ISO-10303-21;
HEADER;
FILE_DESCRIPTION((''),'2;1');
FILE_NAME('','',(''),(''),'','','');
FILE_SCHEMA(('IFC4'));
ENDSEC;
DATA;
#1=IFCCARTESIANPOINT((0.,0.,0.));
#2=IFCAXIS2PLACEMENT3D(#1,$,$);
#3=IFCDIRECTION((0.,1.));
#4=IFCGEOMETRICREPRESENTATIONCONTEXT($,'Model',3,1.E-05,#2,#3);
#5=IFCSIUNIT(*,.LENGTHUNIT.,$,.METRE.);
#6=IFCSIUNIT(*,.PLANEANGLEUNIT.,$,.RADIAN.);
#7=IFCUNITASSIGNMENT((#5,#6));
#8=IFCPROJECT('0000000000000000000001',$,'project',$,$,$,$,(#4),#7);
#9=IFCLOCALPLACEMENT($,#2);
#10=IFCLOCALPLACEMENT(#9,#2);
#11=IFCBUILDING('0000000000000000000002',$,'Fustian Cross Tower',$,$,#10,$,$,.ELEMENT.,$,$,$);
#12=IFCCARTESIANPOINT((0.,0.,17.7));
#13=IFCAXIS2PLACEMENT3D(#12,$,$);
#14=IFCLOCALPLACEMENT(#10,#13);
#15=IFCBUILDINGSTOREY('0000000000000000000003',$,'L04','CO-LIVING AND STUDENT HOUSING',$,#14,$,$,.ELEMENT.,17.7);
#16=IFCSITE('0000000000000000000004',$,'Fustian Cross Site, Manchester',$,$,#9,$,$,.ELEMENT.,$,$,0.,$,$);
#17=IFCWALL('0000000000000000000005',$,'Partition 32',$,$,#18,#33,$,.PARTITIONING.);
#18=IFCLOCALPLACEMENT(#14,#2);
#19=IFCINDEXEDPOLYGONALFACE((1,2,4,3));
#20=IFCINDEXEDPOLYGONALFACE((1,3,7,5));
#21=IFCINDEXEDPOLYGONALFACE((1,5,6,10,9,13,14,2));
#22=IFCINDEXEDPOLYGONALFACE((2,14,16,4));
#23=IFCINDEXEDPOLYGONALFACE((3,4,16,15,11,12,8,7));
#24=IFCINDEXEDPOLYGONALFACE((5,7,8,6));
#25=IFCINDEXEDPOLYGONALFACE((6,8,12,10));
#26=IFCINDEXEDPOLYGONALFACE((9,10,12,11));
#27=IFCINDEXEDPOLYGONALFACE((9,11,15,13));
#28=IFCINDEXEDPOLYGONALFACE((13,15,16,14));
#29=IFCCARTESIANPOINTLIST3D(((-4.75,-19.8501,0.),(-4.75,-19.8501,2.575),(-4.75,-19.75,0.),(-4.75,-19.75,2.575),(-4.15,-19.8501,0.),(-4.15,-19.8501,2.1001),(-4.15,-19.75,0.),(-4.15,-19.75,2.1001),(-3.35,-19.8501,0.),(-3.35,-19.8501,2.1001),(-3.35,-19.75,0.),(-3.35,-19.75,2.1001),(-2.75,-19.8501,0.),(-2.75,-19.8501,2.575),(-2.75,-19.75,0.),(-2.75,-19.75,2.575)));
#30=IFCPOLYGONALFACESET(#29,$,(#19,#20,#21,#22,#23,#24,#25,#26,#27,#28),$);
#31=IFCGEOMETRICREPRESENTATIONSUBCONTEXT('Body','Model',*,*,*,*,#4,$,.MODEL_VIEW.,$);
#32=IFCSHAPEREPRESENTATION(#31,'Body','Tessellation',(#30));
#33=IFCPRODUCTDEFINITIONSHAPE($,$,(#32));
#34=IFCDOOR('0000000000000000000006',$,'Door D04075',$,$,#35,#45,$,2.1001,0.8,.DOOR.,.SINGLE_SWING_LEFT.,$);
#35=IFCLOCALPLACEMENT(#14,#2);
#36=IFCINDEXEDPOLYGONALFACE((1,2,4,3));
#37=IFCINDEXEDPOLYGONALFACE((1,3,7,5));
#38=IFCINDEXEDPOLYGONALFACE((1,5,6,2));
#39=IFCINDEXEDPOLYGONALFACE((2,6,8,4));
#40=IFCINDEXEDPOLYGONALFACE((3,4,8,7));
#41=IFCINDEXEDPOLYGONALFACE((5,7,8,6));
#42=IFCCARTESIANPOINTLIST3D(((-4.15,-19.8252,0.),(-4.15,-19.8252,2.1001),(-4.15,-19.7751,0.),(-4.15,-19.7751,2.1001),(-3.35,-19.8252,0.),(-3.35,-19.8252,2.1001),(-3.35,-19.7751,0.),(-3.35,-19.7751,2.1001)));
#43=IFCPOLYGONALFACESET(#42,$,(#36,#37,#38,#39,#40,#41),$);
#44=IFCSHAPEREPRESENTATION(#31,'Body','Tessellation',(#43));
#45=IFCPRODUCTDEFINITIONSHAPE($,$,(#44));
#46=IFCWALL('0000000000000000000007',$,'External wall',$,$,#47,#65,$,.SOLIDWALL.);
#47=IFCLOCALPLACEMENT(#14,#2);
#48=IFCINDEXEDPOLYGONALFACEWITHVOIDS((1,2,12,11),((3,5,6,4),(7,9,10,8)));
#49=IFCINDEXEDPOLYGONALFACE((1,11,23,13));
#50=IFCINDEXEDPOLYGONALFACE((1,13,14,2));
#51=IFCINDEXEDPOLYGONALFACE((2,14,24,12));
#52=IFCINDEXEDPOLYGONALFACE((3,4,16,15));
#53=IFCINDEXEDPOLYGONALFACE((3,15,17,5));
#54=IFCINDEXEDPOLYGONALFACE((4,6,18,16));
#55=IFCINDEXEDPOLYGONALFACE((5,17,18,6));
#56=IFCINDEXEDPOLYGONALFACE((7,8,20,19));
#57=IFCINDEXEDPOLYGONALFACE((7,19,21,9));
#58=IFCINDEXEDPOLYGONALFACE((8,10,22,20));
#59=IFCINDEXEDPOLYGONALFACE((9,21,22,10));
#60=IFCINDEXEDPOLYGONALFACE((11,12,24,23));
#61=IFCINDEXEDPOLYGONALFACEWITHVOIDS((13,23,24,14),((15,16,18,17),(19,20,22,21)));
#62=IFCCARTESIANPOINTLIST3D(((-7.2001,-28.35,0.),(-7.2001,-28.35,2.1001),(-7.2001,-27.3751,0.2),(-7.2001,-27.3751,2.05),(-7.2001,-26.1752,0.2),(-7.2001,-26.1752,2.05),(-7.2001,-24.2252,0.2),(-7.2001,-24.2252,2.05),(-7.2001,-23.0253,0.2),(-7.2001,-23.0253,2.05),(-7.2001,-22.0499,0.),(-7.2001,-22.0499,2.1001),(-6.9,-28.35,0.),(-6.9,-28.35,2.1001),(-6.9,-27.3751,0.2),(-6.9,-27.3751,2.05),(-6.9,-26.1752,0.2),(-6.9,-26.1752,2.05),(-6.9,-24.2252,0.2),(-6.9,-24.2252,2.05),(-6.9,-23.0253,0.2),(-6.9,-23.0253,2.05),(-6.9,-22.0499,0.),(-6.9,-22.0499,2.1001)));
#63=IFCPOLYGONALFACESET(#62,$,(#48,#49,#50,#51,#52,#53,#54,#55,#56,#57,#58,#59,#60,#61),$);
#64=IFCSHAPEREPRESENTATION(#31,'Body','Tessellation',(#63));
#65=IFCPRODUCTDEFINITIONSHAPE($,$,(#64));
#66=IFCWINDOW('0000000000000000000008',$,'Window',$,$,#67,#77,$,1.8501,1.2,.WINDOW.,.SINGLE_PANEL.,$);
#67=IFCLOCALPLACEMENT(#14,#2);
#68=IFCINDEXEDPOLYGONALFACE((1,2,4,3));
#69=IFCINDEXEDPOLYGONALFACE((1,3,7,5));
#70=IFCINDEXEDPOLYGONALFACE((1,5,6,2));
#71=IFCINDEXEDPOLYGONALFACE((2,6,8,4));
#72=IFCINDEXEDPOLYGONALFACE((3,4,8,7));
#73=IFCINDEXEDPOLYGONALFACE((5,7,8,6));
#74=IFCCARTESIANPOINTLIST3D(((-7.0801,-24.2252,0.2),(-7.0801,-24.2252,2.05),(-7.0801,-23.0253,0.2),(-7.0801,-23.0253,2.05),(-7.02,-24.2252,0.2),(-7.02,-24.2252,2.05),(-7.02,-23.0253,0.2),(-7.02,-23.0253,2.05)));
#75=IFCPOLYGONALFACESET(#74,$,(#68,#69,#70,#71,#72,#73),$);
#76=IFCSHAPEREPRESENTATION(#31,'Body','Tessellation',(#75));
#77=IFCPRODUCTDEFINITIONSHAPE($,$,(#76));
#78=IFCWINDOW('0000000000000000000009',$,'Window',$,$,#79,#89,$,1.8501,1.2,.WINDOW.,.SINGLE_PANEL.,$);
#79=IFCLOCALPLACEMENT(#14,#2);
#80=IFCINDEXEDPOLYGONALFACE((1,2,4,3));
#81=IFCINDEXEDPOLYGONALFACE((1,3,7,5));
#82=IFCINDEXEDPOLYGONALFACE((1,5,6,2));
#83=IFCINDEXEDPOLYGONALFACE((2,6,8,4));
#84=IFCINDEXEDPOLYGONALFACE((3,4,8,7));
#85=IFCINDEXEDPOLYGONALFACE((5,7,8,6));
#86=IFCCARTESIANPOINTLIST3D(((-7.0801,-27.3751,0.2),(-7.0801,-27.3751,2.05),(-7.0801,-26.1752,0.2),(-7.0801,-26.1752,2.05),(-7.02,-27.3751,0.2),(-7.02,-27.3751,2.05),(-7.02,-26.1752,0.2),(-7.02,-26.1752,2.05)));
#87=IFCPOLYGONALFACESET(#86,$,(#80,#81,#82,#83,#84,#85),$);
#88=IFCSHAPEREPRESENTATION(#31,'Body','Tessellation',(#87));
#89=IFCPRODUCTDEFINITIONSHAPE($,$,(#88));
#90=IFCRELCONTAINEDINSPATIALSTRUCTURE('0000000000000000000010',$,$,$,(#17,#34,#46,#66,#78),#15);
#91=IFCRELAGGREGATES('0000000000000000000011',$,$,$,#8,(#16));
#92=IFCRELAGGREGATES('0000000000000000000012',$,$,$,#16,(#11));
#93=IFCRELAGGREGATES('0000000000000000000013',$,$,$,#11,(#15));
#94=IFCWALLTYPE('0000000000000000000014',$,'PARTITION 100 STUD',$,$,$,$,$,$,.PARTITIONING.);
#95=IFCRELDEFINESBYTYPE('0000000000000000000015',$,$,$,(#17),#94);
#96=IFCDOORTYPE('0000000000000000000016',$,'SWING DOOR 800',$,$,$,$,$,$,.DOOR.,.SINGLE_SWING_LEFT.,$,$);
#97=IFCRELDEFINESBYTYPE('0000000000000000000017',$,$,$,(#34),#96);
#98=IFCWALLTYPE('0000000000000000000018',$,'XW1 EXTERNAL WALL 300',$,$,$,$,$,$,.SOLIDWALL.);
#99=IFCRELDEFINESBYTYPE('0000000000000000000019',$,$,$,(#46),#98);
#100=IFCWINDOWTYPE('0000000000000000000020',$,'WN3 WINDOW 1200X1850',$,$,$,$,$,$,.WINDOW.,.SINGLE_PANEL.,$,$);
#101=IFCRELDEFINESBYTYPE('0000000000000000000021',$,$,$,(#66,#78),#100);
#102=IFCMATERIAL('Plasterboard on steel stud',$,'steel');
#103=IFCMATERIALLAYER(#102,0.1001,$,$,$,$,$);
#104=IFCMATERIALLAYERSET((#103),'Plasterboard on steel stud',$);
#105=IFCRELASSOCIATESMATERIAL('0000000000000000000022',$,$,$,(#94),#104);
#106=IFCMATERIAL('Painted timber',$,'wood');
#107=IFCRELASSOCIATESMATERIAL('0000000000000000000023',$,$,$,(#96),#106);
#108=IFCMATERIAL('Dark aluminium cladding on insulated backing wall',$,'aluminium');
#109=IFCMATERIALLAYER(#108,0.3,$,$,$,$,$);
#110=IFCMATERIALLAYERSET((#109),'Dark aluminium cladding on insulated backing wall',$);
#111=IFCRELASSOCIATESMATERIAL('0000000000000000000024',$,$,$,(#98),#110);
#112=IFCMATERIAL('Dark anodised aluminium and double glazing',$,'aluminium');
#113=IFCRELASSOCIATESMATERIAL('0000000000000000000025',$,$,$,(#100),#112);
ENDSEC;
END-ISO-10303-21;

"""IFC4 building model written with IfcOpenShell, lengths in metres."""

from ifc_helpers import new_model, si_unit, direction, frame, frame_2d, origin, place, context, subcontext, project, spatial, rectangle, extrude, material, layer, layer_set, type_object, element, fill, save


model = new_model("IFC4")

# Units and contexts
model_context = context("Model", 3, precision=1e-05, world=origin(), true_north=direction((0.0, 1.0)))
body_context = subcontext(model_context, "Body", "Model", "MODEL_VIEW")
ifc_project = project(units=[si_unit("LENGTHUNIT", "METRE"), si_unit("PLANEANGLEUNIT", "RADIAN")], contexts=[model_context])

# Site, building, storey
site_placement = place(None, origin())
site = spatial("IfcSite", under=ifc_project, at=site_placement, Name="Fustian Cross Site, Manchester", CompositionType="ELEMENT", RefElevation=0.0)
building_placement = place(site_placement, origin())
building = spatial("IfcBuilding", under=site, at=building_placement, Name="Fustian Cross Tower", CompositionType="ELEMENT")
storey_placement = place(building_placement, frame((0.0, 0.0, 17.7)))
storey = spatial("IfcBuildingStorey", under=building, at=storey_placement, Name="L04", Description="CO-LIVING AND STUDENT HOUSING", CompositionType="ELEMENT", Elevation=17.7)

# Shared definitions
ifc_material_1 = material(Name="Plasterboard on steel stud", Category="steel")
ifc_layer_1 = layer(ifc_material_1, 0.1001)
ifc_layer_set_1 = layer_set([ifc_layer_1], Name="Plasterboard on steel stud")
wall_type_1 = type_object("IfcWallType", Name="PARTITION 100 STUD", PredefinedType="PARTITIONING", material=ifc_layer_set_1)

# Shared definitions
ifc_material_2 = material(Name="Painted timber", Category="wood")
door_type = type_object("IfcDoorType", Name="SWING DOOR 800", OperationType="SINGLE_SWING_LEFT", PredefinedType="DOOR", material=ifc_material_2)

# Wall, opening, door
wall_1_placement = place(storey_placement, frame((-4.75, -19.8, 0.0), z_axis=(0.0, 0.0, 1.0), x_axis=(1.0, 0.0, 0.0)))
wall_1 = element("IfcWall", 1, at=wall_1_placement, inside=storey, type_object=wall_type_1, Name="Partition 32", PredefinedType="PARTITIONING", context=body_context, shape_type="SweptSolid", body=[
    extrude(rectangle(XDim=2.0, YDim=0.1001, at=frame_2d((1.0, 0.0))), origin(), (0.0, 0.0, 1.0), 2.575),
])
opening_1_placement = place(wall_1_placement, frame((0.6001, 0.0, 0.0)))
opening_1 = element("IfcOpeningElement", 2, at=opening_1_placement, cuts=wall_1, PredefinedType="OPENING", context=body_context, shape_type="SweptSolid", body=[
    extrude(rectangle(XDim=0.8, YDim=2.1001, at=frame_2d((0.3999, 1.05))), frame((0.0, 0.0601, 0.0), z_axis=(0.0, -1.0, 0.0), x_axis=(1.0, 0.0, 0.0)), (0.0, 0.0, 1.0), 0.1201),
])
door_1_placement = place(opening_1_placement, origin())
door_1 = element("IfcDoor", 3, at=door_1_placement, inside=storey, type_object=door_type, Name="Door D04075", OperationType="SINGLE_SWING_LEFT", OverallHeight=2.1001, OverallWidth=0.8, PredefinedType="DOOR", context=body_context, shape_type="SweptSolid", body=[
    extrude(rectangle(XDim=0.8, YDim=2.1001, at=frame_2d((0.3999, 1.05))), frame((0.0, 0.0249, 0.0), z_axis=(0.0, -1.0, 0.0), x_axis=(1.0, 0.0, 0.0)), (0.0, 0.0, 1.0), 0.05),
])
fill(opening_1, door_1)

# Wall, openings, windows
ifc_material_3 = material(Name="Dark aluminium cladding on insulated backing wall", Category="aluminium")
ifc_layer_2 = layer(ifc_material_3, 0.3)
ifc_layer_set_2 = layer_set([ifc_layer_2], Name="Dark aluminium cladding on insulated backing wall")
wall_type_2 = type_object("IfcWallType", Name="XW1 EXTERNAL WALL 300", PredefinedType="SOLIDWALL", material=ifc_layer_set_2)
wall_2_placement = place(storey_placement, frame((-7.05, -22.05, 0.0), z_axis=(0.0, 0.0, 1.0), x_axis=(0.0, -1.0, 0.0)))
wall_2 = element("IfcWall", 4, at=wall_2_placement, inside=storey, type_object=wall_type_2, Name="External wall", PredefinedType="SOLIDWALL", context=body_context, shape_type="SweptSolid", body=[
    extrude(rectangle(XDim=6.3, YDim=0.3, at=frame_2d((3.1499, 0.0))), origin(), (0.0, 0.0, 1.0), 2.1001),
])
opening_2_placement = place(wall_2_placement, frame((0.9751, 0.0, 0.2)))
opening_2 = element("IfcOpeningElement", 5, at=opening_2_placement, cuts=wall_2, PredefinedType="OPENING", context=body_context, shape_type="SweptSolid", body=[
    extrude(rectangle(XDim=1.2, YDim=1.8501, at=frame_2d((0.6001, 0.925))), frame((0.0, 0.1599, 0.0), z_axis=(0.0, -1.0, 0.0), x_axis=(1.0, 0.0, 0.0)), (0.0, 0.0, 1.0), 0.3201),
])
opening_3_placement = place(wall_2_placement, frame((4.125, 0.0, 0.2)))
opening_3 = element("IfcOpeningElement", 6, at=opening_3_placement, cuts=wall_2, PredefinedType="OPENING", context=body_context, shape_type="SweptSolid", body=[
    extrude(rectangle(XDim=1.2, YDim=1.8501, at=frame_2d((0.6001, 0.925))), frame((0.0, 0.1599, 0.0), z_axis=(0.0, -1.0, 0.0), x_axis=(1.0, 0.0, 0.0)), (0.0, 0.0, 1.0), 0.3201),
])
ifc_material_4 = material(Name="Dark anodised aluminium and double glazing", Category="aluminium")
window_type = type_object("IfcWindowType", Name="WN3 WINDOW 1200X1850", PartitioningType="SINGLE_PANEL", PredefinedType="WINDOW", material=ifc_material_4)
window_1_placement = place(opening_2_placement, origin())
window_1 = element("IfcWindow", 7, at=window_1_placement, inside=storey, type_object=window_type, Name="Window", OverallHeight=1.8501, OverallWidth=1.2, PartitioningType="SINGLE_PANEL", PredefinedType="WINDOW", context=body_context, shape_type="SweptSolid", body=[
    extrude(rectangle(XDim=1.2, YDim=1.8501, at=frame_2d((0.6001, 0.925))), frame((0.0, 0.03, 0.0), z_axis=(0.0, -1.0, 0.0), x_axis=(1.0, 0.0, 0.0)), (0.0, 0.0, 1.0), 0.0601),
])
fill(opening_2, window_1)
window_2_placement = place(opening_3_placement, origin())
window_2 = element("IfcWindow", 8, at=window_2_placement, inside=storey, type_object=window_type, Name="Window", OverallHeight=1.8501, OverallWidth=1.2, PartitioningType="SINGLE_PANEL", PredefinedType="WINDOW", context=body_context, shape_type="SweptSolid", body=[
    extrude(rectangle(XDim=1.2, YDim=1.8501, at=frame_2d((0.6001, 0.925))), frame((0.0, 0.03, 0.0), z_axis=(0.0, -1.0, 0.0), x_axis=(1.0, 0.0, 0.0)), (0.0, 0.0, 1.0), 0.0601),
])
fill(opening_3, window_2)

save(model, "model.ifc")
